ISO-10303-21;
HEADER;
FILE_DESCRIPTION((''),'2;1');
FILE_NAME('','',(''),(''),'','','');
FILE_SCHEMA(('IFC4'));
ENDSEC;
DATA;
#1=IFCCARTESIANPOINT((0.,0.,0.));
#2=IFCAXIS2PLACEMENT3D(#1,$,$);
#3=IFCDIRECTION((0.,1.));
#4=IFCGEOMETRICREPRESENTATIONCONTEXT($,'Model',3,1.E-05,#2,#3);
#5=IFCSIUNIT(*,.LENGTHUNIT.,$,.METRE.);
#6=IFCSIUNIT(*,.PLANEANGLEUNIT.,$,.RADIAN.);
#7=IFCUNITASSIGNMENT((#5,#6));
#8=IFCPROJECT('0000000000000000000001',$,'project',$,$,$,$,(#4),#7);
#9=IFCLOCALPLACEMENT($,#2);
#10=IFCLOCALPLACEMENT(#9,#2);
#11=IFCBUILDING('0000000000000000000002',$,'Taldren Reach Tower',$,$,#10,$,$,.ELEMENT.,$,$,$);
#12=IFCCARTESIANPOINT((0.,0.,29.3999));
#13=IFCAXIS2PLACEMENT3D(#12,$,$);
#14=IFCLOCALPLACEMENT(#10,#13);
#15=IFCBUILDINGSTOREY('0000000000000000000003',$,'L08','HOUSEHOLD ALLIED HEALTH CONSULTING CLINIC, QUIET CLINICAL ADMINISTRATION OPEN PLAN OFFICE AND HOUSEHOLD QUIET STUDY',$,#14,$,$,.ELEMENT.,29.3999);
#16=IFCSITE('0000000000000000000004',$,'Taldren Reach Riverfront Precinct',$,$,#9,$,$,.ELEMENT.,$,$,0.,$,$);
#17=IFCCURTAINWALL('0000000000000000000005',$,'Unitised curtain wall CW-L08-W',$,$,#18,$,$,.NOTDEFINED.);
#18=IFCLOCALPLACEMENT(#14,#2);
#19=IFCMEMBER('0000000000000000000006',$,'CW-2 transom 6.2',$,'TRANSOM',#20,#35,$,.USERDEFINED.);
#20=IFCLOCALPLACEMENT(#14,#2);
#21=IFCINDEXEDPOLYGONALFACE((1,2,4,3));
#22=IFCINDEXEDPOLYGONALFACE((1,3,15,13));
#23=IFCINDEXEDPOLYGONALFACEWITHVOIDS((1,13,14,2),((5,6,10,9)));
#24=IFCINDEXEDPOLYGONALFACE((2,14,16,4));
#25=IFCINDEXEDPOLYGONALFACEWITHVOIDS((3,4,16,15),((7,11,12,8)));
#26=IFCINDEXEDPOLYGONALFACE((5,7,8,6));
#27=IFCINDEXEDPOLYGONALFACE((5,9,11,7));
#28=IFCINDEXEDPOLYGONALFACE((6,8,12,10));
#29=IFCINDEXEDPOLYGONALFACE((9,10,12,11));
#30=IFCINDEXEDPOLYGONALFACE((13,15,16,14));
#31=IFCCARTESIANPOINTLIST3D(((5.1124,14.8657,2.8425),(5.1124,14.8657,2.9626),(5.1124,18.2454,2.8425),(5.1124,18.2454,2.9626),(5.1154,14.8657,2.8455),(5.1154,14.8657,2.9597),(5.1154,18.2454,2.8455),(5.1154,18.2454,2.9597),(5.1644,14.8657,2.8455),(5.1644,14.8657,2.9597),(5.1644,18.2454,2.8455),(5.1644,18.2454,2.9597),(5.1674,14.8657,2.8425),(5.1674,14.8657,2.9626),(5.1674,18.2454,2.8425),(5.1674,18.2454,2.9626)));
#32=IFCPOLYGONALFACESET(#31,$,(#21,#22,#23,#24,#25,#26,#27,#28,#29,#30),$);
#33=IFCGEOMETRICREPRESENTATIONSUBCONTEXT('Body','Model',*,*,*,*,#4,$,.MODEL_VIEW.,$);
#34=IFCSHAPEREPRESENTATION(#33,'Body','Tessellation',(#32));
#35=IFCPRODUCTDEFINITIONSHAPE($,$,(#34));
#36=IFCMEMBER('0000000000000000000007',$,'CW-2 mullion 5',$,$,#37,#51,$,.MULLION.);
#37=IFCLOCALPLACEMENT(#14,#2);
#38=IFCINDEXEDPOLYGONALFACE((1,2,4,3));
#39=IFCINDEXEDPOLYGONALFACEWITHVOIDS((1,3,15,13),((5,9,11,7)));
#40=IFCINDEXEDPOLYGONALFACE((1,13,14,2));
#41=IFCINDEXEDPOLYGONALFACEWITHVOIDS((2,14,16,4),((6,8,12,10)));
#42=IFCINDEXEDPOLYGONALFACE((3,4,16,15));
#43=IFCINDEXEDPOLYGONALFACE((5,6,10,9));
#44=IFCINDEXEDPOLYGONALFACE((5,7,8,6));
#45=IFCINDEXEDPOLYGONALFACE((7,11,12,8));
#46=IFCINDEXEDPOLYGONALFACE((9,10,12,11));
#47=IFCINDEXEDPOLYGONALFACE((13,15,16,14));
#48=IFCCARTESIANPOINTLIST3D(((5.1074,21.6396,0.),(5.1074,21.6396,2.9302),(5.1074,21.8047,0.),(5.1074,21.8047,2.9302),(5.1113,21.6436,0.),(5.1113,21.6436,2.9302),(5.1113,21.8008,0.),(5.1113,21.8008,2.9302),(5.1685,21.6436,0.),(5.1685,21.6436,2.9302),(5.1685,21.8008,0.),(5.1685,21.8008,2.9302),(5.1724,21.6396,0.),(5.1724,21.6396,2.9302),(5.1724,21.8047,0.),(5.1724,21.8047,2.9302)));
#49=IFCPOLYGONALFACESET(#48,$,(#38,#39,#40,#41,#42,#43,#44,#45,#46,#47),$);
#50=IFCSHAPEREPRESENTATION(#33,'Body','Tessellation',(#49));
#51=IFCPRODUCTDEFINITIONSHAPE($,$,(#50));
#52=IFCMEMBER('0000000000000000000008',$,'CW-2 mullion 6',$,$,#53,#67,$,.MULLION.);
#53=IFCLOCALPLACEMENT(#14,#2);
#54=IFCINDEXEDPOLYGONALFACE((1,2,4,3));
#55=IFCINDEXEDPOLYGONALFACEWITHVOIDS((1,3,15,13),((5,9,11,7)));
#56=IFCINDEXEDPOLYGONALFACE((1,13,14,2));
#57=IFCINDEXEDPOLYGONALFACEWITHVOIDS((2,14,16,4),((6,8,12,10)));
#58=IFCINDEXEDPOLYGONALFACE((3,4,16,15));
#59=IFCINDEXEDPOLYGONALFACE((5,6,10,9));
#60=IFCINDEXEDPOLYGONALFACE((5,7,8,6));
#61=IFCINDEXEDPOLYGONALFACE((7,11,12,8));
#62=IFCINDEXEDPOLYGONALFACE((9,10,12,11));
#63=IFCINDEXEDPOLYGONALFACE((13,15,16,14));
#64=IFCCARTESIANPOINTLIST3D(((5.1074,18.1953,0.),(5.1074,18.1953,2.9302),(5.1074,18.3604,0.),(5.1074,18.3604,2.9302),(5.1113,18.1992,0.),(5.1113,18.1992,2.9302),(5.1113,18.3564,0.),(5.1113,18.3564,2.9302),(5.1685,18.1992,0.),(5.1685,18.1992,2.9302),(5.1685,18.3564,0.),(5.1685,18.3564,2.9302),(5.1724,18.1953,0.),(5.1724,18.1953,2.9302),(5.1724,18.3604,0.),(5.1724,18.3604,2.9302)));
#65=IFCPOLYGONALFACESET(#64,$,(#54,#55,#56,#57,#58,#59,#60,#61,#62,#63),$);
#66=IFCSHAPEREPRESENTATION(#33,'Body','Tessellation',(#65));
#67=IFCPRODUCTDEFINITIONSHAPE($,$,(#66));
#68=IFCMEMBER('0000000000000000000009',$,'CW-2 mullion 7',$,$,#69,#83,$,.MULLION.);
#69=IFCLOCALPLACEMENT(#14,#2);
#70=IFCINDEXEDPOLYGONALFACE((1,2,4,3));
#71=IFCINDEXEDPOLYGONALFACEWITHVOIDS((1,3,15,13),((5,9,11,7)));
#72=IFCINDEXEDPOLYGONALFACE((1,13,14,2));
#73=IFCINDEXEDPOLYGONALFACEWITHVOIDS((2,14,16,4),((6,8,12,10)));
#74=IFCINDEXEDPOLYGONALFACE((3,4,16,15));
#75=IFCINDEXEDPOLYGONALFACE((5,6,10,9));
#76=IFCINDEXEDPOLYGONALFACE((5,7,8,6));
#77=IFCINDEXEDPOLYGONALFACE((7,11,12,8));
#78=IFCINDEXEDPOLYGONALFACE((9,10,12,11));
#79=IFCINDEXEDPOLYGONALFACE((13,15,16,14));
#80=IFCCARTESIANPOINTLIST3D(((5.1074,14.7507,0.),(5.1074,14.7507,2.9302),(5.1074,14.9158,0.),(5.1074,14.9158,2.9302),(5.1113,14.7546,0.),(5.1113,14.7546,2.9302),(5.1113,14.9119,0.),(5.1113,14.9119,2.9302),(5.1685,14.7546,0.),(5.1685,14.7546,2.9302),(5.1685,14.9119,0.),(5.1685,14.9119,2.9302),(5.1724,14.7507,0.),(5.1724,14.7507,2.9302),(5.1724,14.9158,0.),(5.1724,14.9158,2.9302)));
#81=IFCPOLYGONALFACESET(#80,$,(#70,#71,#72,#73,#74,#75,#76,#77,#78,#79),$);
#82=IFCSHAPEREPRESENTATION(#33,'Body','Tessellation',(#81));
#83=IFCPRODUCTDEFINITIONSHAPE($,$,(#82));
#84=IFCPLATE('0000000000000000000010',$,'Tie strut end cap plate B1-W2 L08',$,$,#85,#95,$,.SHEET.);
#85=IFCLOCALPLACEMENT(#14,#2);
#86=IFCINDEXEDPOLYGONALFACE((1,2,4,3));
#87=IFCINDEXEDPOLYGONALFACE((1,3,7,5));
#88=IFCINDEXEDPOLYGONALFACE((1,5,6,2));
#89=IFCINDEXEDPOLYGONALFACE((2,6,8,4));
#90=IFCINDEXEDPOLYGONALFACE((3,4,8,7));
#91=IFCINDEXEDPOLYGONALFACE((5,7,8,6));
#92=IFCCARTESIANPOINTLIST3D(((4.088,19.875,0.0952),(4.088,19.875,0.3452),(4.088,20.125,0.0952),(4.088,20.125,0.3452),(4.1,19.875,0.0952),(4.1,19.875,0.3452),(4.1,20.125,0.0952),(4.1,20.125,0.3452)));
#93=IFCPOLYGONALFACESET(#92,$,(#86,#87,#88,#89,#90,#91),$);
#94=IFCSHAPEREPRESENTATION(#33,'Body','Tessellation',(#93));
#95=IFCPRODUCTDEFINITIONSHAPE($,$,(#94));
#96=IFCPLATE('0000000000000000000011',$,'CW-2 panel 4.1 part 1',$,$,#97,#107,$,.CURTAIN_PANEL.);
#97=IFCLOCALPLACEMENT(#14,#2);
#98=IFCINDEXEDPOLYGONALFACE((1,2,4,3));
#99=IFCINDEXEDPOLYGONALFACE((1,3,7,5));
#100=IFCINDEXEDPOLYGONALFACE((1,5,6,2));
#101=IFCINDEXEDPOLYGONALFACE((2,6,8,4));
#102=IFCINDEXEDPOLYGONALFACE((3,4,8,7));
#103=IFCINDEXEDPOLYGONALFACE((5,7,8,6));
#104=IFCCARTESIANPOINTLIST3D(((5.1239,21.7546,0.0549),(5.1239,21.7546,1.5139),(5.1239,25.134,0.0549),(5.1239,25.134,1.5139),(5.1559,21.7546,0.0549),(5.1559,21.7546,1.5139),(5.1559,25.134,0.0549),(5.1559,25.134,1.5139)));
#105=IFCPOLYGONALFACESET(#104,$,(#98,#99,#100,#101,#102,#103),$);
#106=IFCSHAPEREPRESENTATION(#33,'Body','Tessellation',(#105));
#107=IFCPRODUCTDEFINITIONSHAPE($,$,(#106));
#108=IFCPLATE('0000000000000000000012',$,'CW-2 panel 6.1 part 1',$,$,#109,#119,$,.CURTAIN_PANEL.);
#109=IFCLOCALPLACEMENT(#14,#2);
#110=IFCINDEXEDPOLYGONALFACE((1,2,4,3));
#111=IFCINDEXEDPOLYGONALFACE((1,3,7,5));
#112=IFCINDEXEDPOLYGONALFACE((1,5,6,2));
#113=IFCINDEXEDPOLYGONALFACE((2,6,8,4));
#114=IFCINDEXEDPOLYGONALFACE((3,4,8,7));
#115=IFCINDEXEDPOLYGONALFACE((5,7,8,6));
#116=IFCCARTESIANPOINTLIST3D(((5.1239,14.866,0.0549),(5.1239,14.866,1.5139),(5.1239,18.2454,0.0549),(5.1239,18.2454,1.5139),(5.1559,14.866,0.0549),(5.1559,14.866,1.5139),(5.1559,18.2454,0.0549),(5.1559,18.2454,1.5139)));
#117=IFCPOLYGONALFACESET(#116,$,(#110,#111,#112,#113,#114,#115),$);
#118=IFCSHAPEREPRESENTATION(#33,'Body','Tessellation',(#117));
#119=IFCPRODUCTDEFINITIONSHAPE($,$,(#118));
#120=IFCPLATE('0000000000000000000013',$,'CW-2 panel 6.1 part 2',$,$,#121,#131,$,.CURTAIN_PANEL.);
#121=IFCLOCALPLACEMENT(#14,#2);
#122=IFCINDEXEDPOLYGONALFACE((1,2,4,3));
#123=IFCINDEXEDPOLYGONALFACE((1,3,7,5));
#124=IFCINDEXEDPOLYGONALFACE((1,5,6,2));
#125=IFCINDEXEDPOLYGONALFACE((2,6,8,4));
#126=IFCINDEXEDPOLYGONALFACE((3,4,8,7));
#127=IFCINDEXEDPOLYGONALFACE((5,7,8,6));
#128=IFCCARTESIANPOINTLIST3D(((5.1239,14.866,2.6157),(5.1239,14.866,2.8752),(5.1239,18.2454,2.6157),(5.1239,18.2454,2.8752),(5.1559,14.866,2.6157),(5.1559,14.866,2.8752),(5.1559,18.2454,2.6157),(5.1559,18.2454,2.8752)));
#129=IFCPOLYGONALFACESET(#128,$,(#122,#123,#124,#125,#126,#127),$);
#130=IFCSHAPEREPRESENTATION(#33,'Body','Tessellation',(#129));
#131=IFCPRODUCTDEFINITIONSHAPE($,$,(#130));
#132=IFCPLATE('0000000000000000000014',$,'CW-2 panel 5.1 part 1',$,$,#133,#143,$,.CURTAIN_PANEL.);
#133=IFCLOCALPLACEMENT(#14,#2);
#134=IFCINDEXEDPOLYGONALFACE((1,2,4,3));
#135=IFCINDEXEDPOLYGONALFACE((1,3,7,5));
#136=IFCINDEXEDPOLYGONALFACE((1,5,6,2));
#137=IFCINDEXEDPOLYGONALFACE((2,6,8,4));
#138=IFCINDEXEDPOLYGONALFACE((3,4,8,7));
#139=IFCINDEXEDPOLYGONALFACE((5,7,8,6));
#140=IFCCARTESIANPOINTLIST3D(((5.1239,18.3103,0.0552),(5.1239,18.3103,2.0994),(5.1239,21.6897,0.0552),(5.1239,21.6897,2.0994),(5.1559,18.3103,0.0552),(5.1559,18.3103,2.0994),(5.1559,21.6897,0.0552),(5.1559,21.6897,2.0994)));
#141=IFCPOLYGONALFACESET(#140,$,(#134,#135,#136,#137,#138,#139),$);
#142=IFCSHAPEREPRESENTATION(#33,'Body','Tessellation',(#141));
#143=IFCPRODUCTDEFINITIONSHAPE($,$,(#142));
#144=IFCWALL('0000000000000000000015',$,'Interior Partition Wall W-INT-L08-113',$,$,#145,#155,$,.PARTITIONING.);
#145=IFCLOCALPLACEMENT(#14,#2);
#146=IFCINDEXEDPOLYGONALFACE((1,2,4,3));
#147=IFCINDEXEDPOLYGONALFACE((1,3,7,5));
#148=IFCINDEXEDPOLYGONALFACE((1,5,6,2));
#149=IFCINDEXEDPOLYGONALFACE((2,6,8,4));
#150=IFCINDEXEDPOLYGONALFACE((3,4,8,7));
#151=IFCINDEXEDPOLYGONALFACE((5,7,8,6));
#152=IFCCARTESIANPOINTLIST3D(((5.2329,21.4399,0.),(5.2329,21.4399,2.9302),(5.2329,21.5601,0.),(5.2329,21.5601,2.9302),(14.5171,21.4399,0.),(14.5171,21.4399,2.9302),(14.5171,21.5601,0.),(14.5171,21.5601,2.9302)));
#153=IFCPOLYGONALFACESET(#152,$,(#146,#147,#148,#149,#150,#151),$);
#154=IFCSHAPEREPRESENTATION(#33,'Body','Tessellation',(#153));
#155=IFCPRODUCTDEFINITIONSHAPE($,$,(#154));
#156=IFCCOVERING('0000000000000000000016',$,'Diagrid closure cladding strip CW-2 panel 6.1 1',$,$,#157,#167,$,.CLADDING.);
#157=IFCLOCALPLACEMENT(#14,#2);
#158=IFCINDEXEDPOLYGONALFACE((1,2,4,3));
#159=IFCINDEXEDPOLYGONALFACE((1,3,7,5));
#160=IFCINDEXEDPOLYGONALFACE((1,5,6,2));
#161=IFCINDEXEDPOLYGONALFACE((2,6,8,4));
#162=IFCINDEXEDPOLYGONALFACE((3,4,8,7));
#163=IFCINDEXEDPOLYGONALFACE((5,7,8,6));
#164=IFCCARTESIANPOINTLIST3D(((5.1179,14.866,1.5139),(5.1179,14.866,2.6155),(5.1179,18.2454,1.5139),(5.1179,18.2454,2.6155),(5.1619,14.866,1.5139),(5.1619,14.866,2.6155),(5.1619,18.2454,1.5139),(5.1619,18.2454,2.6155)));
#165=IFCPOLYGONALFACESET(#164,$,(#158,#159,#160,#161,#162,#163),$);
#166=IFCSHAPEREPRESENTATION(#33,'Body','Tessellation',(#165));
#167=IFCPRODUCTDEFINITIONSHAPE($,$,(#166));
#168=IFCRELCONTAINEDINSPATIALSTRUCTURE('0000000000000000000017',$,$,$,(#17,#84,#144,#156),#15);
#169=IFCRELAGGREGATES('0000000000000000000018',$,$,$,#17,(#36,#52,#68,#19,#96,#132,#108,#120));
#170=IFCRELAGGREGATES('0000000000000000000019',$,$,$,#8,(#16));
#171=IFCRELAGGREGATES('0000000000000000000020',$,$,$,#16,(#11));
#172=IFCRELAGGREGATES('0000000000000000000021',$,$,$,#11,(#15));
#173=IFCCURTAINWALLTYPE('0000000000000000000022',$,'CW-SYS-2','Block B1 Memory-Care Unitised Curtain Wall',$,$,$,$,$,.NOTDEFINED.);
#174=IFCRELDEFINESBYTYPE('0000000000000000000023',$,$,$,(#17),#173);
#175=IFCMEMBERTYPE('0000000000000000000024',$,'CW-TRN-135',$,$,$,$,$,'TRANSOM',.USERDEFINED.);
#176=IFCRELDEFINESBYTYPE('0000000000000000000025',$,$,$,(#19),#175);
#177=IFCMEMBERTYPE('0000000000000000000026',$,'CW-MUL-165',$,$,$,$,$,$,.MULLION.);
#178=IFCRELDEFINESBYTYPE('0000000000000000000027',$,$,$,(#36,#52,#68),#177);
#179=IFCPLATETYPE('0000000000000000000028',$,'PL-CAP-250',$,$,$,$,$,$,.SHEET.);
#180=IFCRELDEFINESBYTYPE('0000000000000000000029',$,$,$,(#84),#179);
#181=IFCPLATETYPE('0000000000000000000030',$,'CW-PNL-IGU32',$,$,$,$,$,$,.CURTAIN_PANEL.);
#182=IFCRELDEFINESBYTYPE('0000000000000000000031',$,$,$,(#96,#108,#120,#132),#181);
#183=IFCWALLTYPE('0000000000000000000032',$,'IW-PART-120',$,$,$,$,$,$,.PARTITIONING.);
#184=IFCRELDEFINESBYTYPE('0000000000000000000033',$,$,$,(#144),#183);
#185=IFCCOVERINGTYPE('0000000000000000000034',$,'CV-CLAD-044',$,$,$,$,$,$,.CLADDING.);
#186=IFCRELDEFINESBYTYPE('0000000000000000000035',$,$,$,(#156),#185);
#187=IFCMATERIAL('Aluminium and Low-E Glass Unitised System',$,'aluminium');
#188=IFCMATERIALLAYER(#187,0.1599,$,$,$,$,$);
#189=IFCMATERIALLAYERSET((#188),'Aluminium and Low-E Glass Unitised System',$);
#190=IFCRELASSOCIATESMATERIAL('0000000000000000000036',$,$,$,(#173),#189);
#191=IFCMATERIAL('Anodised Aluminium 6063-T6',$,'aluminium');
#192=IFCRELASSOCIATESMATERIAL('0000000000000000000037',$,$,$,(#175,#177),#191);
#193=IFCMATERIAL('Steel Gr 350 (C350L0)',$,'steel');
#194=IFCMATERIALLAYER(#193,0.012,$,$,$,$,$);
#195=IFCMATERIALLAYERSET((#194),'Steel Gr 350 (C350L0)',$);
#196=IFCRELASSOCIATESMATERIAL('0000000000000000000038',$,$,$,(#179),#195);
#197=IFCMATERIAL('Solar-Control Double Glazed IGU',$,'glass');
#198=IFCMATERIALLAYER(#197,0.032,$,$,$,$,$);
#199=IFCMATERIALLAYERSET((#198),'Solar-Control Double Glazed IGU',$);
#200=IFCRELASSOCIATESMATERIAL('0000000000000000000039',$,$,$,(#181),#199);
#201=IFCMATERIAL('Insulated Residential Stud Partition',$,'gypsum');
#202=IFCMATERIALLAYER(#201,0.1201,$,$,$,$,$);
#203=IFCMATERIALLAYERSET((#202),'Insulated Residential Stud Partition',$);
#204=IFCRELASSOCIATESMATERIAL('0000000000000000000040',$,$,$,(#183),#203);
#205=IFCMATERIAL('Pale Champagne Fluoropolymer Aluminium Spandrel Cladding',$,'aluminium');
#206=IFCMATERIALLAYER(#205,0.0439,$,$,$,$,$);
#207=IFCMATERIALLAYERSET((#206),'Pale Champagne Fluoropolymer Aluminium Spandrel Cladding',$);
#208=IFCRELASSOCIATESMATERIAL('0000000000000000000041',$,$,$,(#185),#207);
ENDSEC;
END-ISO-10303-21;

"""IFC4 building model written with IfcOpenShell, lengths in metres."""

from ifc_helpers import new_model, si_unit, direction, frame, frame_2d, origin, origin_2d, place, context, subcontext, project, spatial, rectangle, hollow_rectangle, extrude, source, transform, mapped, material, layer, layer_set, material_profile, profile_set, type_object, element, aggregate, save


model = new_model("IFC4")

# Units and contexts
model_context = context("Model", 3, precision=1e-05, world=origin(), true_north=direction((0.0, 1.0)))
body_context = subcontext(model_context, "Body", "Model", "MODEL_VIEW")
ifc_project = project(units=[si_unit("LENGTHUNIT", "METRE"), si_unit("PLANEANGLEUNIT", "RADIAN")], contexts=[model_context])

# Site, building, storey
site_placement = place(None, origin())
site = spatial("IfcSite", under=ifc_project, at=site_placement, Name="Taldren Reach Riverfront Precinct", CompositionType="ELEMENT", RefElevation=0.0)
building_placement = place(site_placement, origin())
building = spatial("IfcBuilding", under=site, at=building_placement, Name="Taldren Reach Tower", CompositionType="ELEMENT")
storey_placement = place(building_placement, frame((0.0, 0.0, 29.3999)))
storey = spatial("IfcBuildingStorey", under=building, at=storey_placement, Name="L08", Description="HOUSEHOLD ALLIED HEALTH CONSULTING CLINIC, QUIET CLINICAL ADMINISTRATION OPEN PLAN OFFICE AND HOUSEHOLD QUIET STUDY", CompositionType="ELEMENT", Elevation=29.3999)

# Shared definitions
ifc_material_1 = material(Name="Steel Gr 350 (C350L0)", Category="steel")

# Curtain wall, members
ifc_material_2 = material(Name="Aluminium and Low-E Glass Unitised System", Category="aluminium")
ifc_layer_1 = layer(ifc_material_2, 0.1599)
ifc_layer_set_1 = layer_set([ifc_layer_1], Name="Aluminium and Low-E Glass Unitised System")
curtain_wall_type = type_object("IfcCurtainWallType", Name="CW-SYS-2", Description="Block B1 Memory-Care Unitised Curtain Wall", PredefinedType="NOTDEFINED", material=ifc_layer_set_1)
curtain_wall_placement = place(storey_placement, origin())
curtain_wall = element("IfcCurtainWall", 1, at=curtain_wall_placement, inside=storey, type_object=curtain_wall_type, Name="Unitised curtain wall CW-L08-W", PredefinedType="NOTDEFINED")
ifc_material_3 = material(Name="Anodised Aluminium 6063-T6", Category="aluminium")
ifc_material_profile_1 = material_profile(ifc_material_3, hollow_rectangle(XDim=0.0549, YDim=0.1201, WallThickness=0.0029, at=origin_2d()), Name="ALU-120x55x3RHS")
ifc_profile_set_1 = profile_set([ifc_material_profile_1], Name="Anodised Aluminium 6063-T6")
member_type_1 = type_object("IfcMemberType", Name="CW-TRN-135", ElementType="TRANSOM", PredefinedType="USERDEFINED", material=ifc_profile_set_1)
shared_shape_1 = source(origin(), body_context, "Body", "SweptSolid", [
    extrude(hollow_rectangle(XDim=0.0549, YDim=0.1201, WallThickness=0.0029, at=origin_2d()), origin(), (0.0, 0.0, 1.0), 3.3796),
])
member_1_placement = place(storey_placement, frame((5.1399, 18.2454, 2.9026), z_axis=(0.0, -1.0, 0.0), x_axis=(1.0, 0.0, 0.0)))
member_1 = element("IfcMember", 2, at=member_1_placement, type_object=member_type_1, Name="CW-2 transom 6.2", ObjectType="TRANSOM", PredefinedType="USERDEFINED", context=body_context, shape_type="MappedRepresentation", body=[
    mapped(shared_shape_1, transform((0.0, 0.0, 0.0), scale=1.0)),
])
ifc_material_profile_2 = material_profile(ifc_material_3, hollow_rectangle(XDim=0.0649, YDim=0.165, WallThickness=0.0039, at=origin_2d()), Name="ALU-165x65x4RHS")
ifc_profile_set_2 = profile_set([ifc_material_profile_2], Name="Anodised Aluminium 6063-T6")
member_type_2 = type_object("IfcMemberType", Name="CW-MUL-165", PredefinedType="MULLION", material=ifc_profile_set_2)
shared_shape_2 = source(origin(), body_context, "Body", "SweptSolid", [
    extrude(hollow_rectangle(XDim=0.0649, YDim=0.165, WallThickness=0.0039, at=origin_2d()), origin(), (0.0, 0.0, 1.0), 2.9302),
])
member_2_placement = place(storey_placement, frame((5.1399, 21.7222, 0.0), z_axis=(0.0, 0.0, 1.0), x_axis=(1.0, 0.0, 0.0)))
member_2 = element("IfcMember", 3, at=member_2_placement, type_object=member_type_2, Name="CW-2 mullion 5", PredefinedType="MULLION", context=body_context, shape_type="MappedRepresentation", body=[
    mapped(shared_shape_2, transform((0.0, 0.0, 0.0), scale=1.0)),
])
member_3_placement = place(storey_placement, frame((5.1399, 18.2778, 0.0), z_axis=(0.0, 0.0, 1.0), x_axis=(1.0, 0.0, 0.0)))
member_3 = element("IfcMember", 4, at=member_3_placement, type_object=member_type_2, Name="CW-2 mullion 6", PredefinedType="MULLION", context=body_context, shape_type="MappedRepresentation", body=[
    mapped(shared_shape_2, transform((0.0, 0.0, 0.0), scale=1.0)),
])
member_4_placement = place(storey_placement, frame((5.1399, 14.8333, 0.0), z_axis=(0.0, 0.0, 1.0), x_axis=(1.0, 0.0, 0.0)))
member_4 = element("IfcMember", 5, at=member_4_placement, type_object=member_type_2, Name="CW-2 mullion 7", PredefinedType="MULLION", context=body_context, shape_type="MappedRepresentation", body=[
    mapped(shared_shape_2, transform((0.0, 0.0, 0.0), scale=1.0)),
])

# Plates
ifc_layer_2 = layer(ifc_material_1, 0.012)
ifc_layer_set_2 = layer_set([ifc_layer_2], Name="Steel Gr 350 (C350L0)")
plate_type_1 = type_object("IfcPlateType", Name="PL-CAP-250", PredefinedType="SHEET", material=ifc_layer_set_2)
shared_shape_3 = source(origin(), body_context, "Body", "SweptSolid", [
    extrude(rectangle(XDim=0.012, YDim=0.25, at=origin_2d()), origin(), (0.0, 0.0, 1.0), 0.25),
])
plate_1_placement = place(storey_placement, frame((4.094, 20.0, 0.0952), z_axis=(0.0, 0.0, 1.0), x_axis=(1.0, 0.0, 0.0)))
element("IfcPlate", 6, at=plate_1_placement, inside=storey, type_object=plate_type_1, Name="Tie strut end cap plate B1-W2 L08", PredefinedType="SHEET", context=body_context, shape_type="MappedRepresentation", body=[
    mapped(shared_shape_3, transform((0.0, 0.0, 0.0), scale=1.0)),
])
ifc_material_4 = material(Name="Solar-Control Double Glazed IGU", Category="glass")
ifc_layer_3 = layer(ifc_material_4, 0.032)
ifc_layer_set_3 = layer_set([ifc_layer_3], Name="Solar-Control Double Glazed IGU")
plate_type_2 = type_object("IfcPlateType", Name="CW-PNL-IGU32", PredefinedType="CURTAIN_PANEL", material=ifc_layer_set_3)
shared_shape_4 = source(origin(), body_context, "Body", "SweptSolid", [
    extrude(rectangle(XDim=3.3794, YDim=0.032, at=origin_2d()), origin(), (0.0, 0.0, 1.0), 1.459),
])
plate_2_placement = place(storey_placement, frame((5.1399, 23.4443, 0.0549), z_axis=(0.0, 0.0, 1.0), x_axis=(0.0, -1.0, 0.0)))
plate_2 = element("IfcPlate", 7, at=plate_2_placement, type_object=plate_type_2, Name="CW-2 panel 4.1 part 1", PredefinedType="CURTAIN_PANEL", context=body_context, shape_type="MappedRepresentation", body=[
    mapped(shared_shape_4, transform((0.0, 0.0, 0.0), scale=1.0)),
])
plate_3_placement = place(storey_placement, frame((5.1399, 16.5557, 0.0549), z_axis=(0.0, 0.0, 1.0), x_axis=(0.0, -1.0, 0.0)))
plate_3 = element("IfcPlate", 8, at=plate_3_placement, type_object=plate_type_2, Name="CW-2 panel 6.1 part 1", PredefinedType="CURTAIN_PANEL", context=body_context, shape_type="MappedRepresentation", body=[
    mapped(shared_shape_4, transform((0.0, 0.0, 0.0), scale=1.0)),
])
shared_shape_5 = source(origin(), body_context, "Body", "SweptSolid", [
    extrude(rectangle(XDim=3.3794, YDim=0.032, at=origin_2d()), origin(), (0.0, 0.0, 1.0), 0.2595),
])
plate_4_placement = place(storey_placement, frame((5.1399, 16.5557, 2.6157), z_axis=(0.0, 0.0, 1.0), x_axis=(0.0, -1.0, 0.0)))
plate_4 = element("IfcPlate", 9, at=plate_4_placement, type_object=plate_type_2, Name="CW-2 panel 6.1 part 2", PredefinedType="CURTAIN_PANEL", context=body_context, shape_type="MappedRepresentation", body=[
    mapped(shared_shape_5, transform((0.0, 0.0, 0.0), scale=1.0)),
])
shared_shape_6 = source(origin(), body_context, "Body", "SweptSolid", [
    extrude(rectangle(XDim=3.3794, YDim=0.032, at=origin_2d()), origin(), (0.0, 0.0, 1.0), 2.0442),
])
plate_5_placement = place(storey_placement, frame((5.1399, 20.0, 0.0552), z_axis=(0.0, 0.0, 1.0), x_axis=(0.0, -1.0, 0.0)))
plate_5 = element("IfcPlate", 10, at=plate_5_placement, type_object=plate_type_2, Name="CW-2 panel 5.1 part 1", PredefinedType="CURTAIN_PANEL", context=body_context, shape_type="MappedRepresentation", body=[
    mapped(shared_shape_6, transform((0.0, 0.0, 0.0), scale=1.0)),
])
aggregate(curtain_wall, [member_2, member_3, member_4, member_1, plate_2, plate_5, plate_3, plate_4])

# Wall
ifc_material_5 = material(Name="Insulated Residential Stud Partition", Category="gypsum")
ifc_layer_4 = layer(ifc_material_5, 0.1201)
ifc_layer_set_4 = layer_set([ifc_layer_4], Name="Insulated Residential Stud Partition")
wall_type = type_object("IfcWallType", Name="IW-PART-120", PredefinedType="PARTITIONING", material=ifc_layer_set_4)
shared_shape_7 = source(origin(), body_context, "Body", "SweptSolid", [
    extrude(rectangle(XDim=9.2842, YDim=0.1201, at=frame_2d((4.6421, 0.0))), origin(), (0.0, 0.0, 1.0), 2.9302),
])
wall_placement = place(storey_placement, frame((5.2329, 21.5, 0.0), z_axis=(0.0, 0.0, 1.0), x_axis=(1.0, 0.0, 0.0)))
element("IfcWall", 11, at=wall_placement, inside=storey, type_object=wall_type, Name="Interior Partition Wall W-INT-L08-113", PredefinedType="PARTITIONING", context=body_context, shape_type="MappedRepresentation", body=[
    mapped(shared_shape_7, transform((0.0, 0.0, 0.0), scale=1.0)),
])

# Covering
ifc_material_6 = material(Name="Pale Champagne Fluoropolymer Aluminium Spandrel Cladding", Category="aluminium")
ifc_layer_5 = layer(ifc_material_6, 0.0439)
ifc_layer_set_5 = layer_set([ifc_layer_5], Name="Pale Champagne Fluoropolymer Aluminium Spandrel Cladding")
covering_type = type_object("IfcCoveringType", Name="CV-CLAD-044", PredefinedType="CLADDING", material=ifc_layer_set_5)
shared_shape_8 = source(origin(), body_context, "Body", "SweptSolid", [
    extrude(rectangle(XDim=3.3794, YDim=0.0439, at=origin_2d()), origin(), (0.0, 0.0, 1.0), 1.1016),
])
covering_1_placement = place(storey_placement, frame((5.1399, 16.5557, 1.5139), z_axis=(0.0, 0.0, 1.0), x_axis=(0.0, -1.0, 0.0)))
element("IfcCovering", 12, at=covering_1_placement, inside=storey, type_object=covering_type, Name="Diagrid closure cladding strip CW-2 panel 6.1 1", PredefinedType="CLADDING", context=body_context, shape_type="MappedRepresentation", body=[
    mapped(shared_shape_8, transform((0.0, 0.0, 0.0), scale=1.0)),
])

save(model, "model.ifc")
